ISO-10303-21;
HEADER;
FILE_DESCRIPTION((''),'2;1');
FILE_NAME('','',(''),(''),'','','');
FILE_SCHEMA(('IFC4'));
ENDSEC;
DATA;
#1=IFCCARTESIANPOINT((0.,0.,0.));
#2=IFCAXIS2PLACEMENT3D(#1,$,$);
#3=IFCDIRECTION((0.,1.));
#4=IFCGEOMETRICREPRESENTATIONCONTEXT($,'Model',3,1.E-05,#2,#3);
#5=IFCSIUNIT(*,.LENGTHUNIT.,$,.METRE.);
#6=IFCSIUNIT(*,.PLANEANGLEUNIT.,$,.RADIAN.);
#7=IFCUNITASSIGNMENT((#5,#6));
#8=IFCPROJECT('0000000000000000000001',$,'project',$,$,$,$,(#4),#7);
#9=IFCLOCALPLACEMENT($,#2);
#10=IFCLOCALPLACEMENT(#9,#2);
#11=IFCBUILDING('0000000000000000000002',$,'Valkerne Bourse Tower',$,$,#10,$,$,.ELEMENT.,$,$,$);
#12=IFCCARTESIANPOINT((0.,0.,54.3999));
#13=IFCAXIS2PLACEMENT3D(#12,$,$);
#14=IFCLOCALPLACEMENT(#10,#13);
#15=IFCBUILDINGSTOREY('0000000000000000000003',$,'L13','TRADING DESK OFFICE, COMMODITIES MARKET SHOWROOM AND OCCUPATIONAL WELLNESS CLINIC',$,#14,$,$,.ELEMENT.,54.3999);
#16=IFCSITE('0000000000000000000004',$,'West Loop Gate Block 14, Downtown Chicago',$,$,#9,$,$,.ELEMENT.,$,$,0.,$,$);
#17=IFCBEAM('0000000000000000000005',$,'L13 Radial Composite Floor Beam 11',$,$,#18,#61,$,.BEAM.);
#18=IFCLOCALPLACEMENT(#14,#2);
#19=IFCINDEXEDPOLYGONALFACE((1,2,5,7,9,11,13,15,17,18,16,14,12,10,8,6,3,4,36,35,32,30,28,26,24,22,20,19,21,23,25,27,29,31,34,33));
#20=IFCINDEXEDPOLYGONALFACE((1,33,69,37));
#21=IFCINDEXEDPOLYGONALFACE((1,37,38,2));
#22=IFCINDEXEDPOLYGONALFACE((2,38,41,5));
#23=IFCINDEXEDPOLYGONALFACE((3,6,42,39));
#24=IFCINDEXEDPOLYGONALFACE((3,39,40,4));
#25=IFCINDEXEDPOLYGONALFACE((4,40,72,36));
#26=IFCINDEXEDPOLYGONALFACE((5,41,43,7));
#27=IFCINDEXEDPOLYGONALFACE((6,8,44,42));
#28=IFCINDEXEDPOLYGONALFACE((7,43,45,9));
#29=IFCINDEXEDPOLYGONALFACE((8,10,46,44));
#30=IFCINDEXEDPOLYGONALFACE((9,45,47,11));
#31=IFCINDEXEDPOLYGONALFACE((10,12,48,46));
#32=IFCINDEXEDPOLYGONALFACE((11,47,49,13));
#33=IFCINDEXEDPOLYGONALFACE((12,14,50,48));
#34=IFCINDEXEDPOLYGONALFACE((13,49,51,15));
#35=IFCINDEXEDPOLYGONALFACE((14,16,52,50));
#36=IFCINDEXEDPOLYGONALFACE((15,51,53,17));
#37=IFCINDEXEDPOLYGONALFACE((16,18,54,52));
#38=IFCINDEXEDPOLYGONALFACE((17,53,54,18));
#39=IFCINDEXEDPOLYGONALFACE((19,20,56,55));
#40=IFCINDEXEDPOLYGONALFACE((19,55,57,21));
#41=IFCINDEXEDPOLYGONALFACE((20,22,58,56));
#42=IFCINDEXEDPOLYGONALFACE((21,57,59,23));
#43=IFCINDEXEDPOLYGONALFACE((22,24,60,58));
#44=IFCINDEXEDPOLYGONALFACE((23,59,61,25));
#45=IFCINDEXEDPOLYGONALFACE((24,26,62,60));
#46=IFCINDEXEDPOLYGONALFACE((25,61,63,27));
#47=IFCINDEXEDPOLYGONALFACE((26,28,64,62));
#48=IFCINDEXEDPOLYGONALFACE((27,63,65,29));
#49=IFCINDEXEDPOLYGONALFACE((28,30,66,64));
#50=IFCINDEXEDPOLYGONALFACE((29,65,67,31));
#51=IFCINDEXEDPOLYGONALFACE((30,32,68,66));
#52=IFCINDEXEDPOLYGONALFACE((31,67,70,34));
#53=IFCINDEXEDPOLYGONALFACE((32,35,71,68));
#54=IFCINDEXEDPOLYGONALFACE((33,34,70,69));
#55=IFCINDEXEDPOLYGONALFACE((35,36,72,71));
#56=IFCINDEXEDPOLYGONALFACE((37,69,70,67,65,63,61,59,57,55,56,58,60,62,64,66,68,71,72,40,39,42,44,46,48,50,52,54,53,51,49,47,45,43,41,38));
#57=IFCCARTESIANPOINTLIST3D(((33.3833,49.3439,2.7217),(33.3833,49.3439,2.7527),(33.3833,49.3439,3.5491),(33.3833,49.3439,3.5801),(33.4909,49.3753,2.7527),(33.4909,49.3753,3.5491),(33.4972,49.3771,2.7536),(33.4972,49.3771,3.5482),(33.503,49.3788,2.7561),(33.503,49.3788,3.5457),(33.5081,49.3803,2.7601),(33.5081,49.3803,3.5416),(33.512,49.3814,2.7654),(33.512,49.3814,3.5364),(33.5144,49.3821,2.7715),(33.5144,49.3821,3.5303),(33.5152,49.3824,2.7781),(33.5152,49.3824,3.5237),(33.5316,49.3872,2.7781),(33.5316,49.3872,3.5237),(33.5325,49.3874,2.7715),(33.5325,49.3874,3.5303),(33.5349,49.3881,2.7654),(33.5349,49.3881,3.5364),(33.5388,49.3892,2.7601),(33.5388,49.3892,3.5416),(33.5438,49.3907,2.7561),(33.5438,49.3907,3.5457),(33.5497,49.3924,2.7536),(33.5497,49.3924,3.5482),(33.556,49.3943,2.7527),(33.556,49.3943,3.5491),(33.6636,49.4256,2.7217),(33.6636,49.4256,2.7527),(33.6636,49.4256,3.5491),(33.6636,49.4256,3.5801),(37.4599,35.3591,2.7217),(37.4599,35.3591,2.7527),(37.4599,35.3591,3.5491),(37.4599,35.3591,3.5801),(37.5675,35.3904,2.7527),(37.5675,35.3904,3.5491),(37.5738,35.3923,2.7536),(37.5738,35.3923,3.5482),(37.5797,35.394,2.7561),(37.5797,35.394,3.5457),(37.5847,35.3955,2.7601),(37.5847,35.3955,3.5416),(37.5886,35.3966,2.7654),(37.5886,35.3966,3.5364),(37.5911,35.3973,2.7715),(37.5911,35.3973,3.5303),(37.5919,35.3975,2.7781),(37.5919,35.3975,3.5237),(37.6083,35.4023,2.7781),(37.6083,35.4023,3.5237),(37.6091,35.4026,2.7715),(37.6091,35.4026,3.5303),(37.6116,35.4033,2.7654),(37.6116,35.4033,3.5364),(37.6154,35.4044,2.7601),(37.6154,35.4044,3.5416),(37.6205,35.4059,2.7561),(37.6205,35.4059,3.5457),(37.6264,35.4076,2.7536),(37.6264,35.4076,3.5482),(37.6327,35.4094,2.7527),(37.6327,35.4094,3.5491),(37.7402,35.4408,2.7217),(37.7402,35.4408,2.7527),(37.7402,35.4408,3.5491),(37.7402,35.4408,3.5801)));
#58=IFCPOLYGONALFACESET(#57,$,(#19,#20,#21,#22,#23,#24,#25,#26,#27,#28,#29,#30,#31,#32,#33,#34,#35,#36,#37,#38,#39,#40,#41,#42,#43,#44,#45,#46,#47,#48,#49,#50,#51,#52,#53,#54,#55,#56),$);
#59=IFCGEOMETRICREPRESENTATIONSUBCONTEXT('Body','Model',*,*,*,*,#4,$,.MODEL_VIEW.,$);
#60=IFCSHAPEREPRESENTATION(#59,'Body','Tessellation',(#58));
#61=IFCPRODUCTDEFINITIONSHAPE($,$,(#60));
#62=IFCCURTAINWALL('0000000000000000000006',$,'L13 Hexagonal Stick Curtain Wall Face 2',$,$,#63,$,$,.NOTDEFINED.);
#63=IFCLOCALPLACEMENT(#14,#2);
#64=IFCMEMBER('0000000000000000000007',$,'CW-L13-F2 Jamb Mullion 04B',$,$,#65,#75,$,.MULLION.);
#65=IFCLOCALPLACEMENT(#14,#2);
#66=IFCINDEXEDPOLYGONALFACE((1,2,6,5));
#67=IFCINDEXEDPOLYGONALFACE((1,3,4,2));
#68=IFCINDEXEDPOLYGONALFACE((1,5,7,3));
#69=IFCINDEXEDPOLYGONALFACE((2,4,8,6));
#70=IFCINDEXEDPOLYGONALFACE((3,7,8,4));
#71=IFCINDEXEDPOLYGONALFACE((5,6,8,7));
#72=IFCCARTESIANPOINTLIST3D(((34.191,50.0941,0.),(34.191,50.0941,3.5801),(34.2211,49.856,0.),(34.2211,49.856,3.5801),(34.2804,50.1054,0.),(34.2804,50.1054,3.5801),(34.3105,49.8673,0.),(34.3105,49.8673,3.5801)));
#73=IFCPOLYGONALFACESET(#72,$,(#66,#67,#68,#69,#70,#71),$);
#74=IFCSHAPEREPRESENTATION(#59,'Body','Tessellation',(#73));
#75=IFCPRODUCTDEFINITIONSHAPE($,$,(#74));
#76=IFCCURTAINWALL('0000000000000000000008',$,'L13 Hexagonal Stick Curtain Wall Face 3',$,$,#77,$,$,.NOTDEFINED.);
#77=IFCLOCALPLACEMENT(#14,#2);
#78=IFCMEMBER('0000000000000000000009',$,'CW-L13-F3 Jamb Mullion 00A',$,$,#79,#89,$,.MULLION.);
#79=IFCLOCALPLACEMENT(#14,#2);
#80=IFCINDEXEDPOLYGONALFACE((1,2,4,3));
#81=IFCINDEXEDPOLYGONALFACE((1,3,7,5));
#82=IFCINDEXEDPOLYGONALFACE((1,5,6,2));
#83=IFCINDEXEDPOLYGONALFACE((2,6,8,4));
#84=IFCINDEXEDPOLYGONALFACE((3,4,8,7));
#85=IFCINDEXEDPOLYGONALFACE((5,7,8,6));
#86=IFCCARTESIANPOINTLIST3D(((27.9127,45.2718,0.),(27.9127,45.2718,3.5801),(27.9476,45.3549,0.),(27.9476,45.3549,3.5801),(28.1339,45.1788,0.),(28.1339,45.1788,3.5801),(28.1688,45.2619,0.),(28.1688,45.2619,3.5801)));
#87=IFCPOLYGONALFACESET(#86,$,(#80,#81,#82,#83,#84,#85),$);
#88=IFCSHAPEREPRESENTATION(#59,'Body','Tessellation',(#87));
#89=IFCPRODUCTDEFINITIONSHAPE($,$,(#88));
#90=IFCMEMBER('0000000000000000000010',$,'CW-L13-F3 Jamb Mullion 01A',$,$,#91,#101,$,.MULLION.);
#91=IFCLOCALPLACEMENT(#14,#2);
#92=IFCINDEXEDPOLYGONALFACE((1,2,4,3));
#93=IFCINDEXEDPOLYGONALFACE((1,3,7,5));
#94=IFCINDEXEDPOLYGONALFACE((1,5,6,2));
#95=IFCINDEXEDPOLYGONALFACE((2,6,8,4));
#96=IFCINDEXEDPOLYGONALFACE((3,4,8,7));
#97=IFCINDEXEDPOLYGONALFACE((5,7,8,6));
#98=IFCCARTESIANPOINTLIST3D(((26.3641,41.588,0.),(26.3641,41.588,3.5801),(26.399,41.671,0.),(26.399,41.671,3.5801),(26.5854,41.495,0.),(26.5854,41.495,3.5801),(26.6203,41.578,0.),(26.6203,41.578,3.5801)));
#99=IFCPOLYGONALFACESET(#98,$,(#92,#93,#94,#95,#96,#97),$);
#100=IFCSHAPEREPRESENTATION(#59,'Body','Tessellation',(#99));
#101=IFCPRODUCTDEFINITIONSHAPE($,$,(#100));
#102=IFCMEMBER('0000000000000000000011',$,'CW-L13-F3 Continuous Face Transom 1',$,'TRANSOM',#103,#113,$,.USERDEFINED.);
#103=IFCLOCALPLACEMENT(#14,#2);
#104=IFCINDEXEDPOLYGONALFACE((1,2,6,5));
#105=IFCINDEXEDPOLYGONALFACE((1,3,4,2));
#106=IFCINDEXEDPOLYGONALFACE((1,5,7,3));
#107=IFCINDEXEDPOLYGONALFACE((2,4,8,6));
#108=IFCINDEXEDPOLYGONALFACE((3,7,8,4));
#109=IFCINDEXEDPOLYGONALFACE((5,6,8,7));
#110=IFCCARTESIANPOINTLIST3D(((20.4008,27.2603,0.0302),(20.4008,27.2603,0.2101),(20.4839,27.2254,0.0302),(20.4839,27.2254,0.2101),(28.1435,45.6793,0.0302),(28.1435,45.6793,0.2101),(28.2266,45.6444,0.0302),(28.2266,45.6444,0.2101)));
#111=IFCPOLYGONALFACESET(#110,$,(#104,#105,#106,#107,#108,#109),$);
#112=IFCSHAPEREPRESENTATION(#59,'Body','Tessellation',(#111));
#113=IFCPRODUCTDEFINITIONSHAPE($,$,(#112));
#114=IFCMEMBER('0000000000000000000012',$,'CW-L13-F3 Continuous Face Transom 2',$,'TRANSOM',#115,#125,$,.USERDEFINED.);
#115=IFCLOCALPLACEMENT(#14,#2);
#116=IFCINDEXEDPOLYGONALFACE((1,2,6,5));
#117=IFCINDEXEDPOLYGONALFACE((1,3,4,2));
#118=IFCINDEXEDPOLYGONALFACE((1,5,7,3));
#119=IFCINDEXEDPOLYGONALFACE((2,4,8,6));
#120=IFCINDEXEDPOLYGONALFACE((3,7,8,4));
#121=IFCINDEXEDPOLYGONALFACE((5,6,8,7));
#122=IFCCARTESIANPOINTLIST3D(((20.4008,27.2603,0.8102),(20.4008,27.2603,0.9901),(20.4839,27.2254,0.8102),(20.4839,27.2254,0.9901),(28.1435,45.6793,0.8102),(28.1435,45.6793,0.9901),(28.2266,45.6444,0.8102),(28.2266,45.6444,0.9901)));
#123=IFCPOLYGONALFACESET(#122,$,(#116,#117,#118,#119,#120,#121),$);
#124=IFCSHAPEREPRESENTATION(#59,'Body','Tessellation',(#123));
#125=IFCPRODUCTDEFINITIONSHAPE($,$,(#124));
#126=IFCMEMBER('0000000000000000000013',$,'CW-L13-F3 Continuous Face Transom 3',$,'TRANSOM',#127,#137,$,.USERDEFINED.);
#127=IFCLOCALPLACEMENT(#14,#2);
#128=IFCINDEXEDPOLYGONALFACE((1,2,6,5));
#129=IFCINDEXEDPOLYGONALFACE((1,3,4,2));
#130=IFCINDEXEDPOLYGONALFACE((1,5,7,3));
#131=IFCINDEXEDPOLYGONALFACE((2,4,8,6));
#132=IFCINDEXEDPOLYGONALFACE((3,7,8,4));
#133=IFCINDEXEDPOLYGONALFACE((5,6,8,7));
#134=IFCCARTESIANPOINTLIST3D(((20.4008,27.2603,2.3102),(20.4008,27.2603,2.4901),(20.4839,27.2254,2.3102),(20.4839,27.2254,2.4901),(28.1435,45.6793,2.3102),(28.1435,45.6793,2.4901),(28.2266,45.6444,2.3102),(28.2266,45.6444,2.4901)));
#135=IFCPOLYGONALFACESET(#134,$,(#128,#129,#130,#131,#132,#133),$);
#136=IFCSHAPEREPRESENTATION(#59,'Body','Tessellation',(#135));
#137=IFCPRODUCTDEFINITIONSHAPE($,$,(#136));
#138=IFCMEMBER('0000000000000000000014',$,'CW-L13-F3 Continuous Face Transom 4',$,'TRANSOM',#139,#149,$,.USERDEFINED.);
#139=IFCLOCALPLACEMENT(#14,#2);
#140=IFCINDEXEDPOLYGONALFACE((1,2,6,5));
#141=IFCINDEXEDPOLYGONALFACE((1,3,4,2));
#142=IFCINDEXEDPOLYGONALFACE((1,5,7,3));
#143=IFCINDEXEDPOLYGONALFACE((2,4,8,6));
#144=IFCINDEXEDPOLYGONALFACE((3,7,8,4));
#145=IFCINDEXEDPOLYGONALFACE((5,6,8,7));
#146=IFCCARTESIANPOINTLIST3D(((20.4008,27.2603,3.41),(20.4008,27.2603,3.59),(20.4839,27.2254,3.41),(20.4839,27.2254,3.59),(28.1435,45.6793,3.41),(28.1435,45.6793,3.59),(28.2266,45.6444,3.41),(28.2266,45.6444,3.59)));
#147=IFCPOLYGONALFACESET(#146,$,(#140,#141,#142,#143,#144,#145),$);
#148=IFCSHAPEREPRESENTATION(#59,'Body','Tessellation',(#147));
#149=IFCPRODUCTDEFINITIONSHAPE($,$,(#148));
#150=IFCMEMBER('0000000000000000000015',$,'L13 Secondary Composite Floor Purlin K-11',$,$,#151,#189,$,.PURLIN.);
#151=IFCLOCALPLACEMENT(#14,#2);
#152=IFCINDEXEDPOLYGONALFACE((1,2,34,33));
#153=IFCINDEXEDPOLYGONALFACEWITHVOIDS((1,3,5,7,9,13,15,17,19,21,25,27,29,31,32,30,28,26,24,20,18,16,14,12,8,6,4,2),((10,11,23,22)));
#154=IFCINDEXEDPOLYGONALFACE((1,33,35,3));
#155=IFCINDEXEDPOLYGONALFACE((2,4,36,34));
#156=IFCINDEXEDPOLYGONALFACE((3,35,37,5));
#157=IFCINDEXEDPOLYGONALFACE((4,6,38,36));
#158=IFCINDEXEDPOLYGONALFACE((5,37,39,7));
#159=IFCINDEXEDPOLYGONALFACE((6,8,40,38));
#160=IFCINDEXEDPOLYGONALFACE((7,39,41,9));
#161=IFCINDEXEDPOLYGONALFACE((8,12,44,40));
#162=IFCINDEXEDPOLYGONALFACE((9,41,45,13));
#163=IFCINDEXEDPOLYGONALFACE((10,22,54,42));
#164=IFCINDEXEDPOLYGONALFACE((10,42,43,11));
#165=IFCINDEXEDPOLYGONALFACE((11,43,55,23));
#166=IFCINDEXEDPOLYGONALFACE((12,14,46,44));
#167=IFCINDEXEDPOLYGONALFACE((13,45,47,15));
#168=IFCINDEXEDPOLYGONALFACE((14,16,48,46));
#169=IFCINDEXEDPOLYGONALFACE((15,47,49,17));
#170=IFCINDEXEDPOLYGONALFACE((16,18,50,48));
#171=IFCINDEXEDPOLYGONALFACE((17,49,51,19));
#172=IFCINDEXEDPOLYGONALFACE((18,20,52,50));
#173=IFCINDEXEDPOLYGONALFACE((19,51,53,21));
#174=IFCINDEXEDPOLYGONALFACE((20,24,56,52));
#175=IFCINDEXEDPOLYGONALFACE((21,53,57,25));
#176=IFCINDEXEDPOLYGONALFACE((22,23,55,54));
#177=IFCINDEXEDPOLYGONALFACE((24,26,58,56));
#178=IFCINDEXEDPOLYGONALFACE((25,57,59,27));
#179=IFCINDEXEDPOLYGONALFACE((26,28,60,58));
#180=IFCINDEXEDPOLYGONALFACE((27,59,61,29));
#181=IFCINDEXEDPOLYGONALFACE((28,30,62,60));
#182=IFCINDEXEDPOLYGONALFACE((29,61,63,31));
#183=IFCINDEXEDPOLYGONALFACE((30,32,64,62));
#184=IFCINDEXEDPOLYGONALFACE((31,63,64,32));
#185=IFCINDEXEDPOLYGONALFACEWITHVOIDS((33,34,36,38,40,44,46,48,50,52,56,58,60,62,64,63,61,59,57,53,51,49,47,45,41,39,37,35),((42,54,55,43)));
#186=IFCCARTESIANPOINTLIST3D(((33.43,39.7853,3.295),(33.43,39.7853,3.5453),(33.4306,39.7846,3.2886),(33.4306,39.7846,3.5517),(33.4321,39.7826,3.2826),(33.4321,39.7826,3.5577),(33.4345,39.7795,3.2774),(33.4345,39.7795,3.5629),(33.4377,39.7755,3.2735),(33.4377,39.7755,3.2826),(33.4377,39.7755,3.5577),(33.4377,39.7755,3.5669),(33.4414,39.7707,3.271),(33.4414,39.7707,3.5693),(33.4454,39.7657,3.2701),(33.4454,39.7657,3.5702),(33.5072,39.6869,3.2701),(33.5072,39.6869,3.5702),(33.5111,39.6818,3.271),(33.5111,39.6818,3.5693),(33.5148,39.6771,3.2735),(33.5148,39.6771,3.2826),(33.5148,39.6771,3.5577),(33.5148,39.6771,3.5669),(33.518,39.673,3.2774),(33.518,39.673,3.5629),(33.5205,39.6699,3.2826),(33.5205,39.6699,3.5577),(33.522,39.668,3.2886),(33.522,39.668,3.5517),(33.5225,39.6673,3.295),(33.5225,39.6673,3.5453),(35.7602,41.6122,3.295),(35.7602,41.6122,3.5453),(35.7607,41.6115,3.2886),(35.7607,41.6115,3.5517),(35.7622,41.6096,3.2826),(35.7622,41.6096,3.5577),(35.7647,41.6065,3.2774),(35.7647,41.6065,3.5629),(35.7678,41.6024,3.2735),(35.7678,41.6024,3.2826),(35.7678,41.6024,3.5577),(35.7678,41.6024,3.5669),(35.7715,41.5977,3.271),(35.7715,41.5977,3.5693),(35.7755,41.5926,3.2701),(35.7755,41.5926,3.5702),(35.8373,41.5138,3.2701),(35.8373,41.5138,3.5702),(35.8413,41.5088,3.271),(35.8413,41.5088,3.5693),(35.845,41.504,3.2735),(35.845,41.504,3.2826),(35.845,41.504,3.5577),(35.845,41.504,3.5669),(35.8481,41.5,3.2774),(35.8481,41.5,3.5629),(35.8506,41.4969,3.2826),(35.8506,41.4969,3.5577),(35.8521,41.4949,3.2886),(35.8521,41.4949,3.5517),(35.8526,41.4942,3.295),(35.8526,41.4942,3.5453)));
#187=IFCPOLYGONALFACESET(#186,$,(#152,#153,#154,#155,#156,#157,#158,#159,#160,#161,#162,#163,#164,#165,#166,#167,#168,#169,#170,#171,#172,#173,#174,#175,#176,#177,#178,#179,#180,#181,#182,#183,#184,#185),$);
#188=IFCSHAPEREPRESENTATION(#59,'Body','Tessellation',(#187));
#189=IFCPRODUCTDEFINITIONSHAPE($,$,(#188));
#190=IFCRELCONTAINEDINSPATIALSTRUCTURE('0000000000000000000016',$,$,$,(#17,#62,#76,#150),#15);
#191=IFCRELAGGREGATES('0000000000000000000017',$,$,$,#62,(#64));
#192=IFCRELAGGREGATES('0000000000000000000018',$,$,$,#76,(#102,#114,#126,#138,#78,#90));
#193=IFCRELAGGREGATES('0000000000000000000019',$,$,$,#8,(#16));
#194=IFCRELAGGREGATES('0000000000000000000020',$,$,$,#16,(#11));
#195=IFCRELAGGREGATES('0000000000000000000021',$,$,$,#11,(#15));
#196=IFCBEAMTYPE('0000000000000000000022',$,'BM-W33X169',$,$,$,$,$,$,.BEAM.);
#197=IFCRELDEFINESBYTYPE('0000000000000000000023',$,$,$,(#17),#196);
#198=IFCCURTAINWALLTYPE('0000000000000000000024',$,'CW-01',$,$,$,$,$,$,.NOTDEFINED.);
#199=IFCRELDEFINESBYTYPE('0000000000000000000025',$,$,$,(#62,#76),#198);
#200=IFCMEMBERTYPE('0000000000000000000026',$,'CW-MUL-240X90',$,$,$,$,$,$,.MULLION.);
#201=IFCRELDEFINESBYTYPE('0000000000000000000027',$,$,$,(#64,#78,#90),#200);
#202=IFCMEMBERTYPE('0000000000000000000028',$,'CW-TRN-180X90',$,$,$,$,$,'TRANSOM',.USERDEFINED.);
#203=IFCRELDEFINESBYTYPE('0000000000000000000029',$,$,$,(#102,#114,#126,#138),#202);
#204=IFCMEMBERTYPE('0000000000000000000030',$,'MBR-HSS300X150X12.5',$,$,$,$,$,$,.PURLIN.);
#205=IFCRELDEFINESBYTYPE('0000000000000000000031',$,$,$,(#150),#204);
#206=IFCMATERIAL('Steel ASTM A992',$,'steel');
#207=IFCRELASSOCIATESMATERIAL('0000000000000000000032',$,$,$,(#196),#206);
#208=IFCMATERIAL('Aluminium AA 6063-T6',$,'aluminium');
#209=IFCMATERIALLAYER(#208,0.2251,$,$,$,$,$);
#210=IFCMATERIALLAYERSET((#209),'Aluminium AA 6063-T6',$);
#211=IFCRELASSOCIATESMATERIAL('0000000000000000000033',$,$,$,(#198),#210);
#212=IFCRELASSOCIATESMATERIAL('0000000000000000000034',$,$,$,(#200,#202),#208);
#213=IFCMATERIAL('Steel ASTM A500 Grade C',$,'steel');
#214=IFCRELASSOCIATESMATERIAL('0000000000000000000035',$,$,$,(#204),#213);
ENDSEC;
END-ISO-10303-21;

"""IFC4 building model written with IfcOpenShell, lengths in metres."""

from ifc_helpers import new_model, si_unit, direction, frame, origin, origin_2d, place, context, subcontext, project, spatial, rectangle, hollow_rectangle, i_section, extrude, material, layer, layer_set, material_profile, profile_set, type_object, element, aggregate, save


model = new_model("IFC4")

# Units and contexts
model_context = context("Model", 3, precision=1e-05, world=origin(), true_north=direction((0.0, 1.0)))
body_context = subcontext(model_context, "Body", "Model", "MODEL_VIEW")
ifc_project = project(units=[si_unit("LENGTHUNIT", "METRE"), si_unit("PLANEANGLEUNIT", "RADIAN")], contexts=[model_context])

# Site, building, storey
site_placement = place(None, origin())
site = spatial("IfcSite", under=ifc_project, at=site_placement, Name="West Loop Gate Block 14, Downtown Chicago", CompositionType="ELEMENT", RefElevation=0.0)
building_placement = place(site_placement, origin())
building = spatial("IfcBuilding", under=site, at=building_placement, Name="Valkerne Bourse Tower", CompositionType="ELEMENT")
storey_placement = place(building_placement, frame((0.0, 0.0, 54.3999)))
storey = spatial("IfcBuildingStorey", under=building, at=storey_placement, Name="L13", Description="TRADING DESK OFFICE, COMMODITIES MARKET SHOWROOM AND OCCUPATIONAL WELLNESS CLINIC", CompositionType="ELEMENT", Elevation=54.3999)

# Beam
ifc_material_1 = material(Name="Steel ASTM A992", Category="steel")
ifc_material_profile_1 = material_profile(ifc_material_1, i_section(OverallWidth=0.292, OverallDepth=0.8584, WebThickness=0.0171, FlangeThickness=0.031, FilletRadius=0.0254, at=origin_2d()), Name="W33X169")
ifc_profile_set_1 = profile_set([ifc_material_profile_1], Name="Steel ASTM A992")
beam_type_1 = type_object("IfcBeamType", Name="BM-W33X169", PredefinedType="BEAM", material=ifc_profile_set_1)
beam_1_placement = place(storey_placement, frame((33.5234, 49.3848, 3.1509), z_axis=(0.279857, -0.960042, 0.0), x_axis=(0.960042, 0.279857, 0.0)))
element("IfcBeam", 1, at=beam_1_placement, inside=storey, type_object=beam_type_1, Name="L13 Radial Composite Floor Beam 11", PredefinedType="BEAM", context=body_context, shape_type="SweptSolid", body=[
    extrude(i_section(OverallWidth=0.292, OverallDepth=0.8584, WebThickness=0.0171, FlangeThickness=0.031, FilletRadius=0.0254, at=origin_2d()), origin(), (0.0, 0.0, 1.0), 14.5669),
])

# Curtain wall, member
ifc_material_2 = material(Name="Aluminium AA 6063-T6", Category="aluminium")
ifc_layer_1 = layer(ifc_material_2, 0.2251)
ifc_layer_set_1 = layer_set([ifc_layer_1], Name="Aluminium AA 6063-T6")
curtain_wall_type = type_object("IfcCurtainWallType", Name="CW-01", PredefinedType="NOTDEFINED", material=ifc_layer_set_1)
curtain_wall_1_placement = place(storey_placement, origin())
curtain_wall_1 = element("IfcCurtainWall", 2, at=curtain_wall_1_placement, inside=storey, type_object=curtain_wall_type, Name="L13 Hexagonal Stick Curtain Wall Face 2", PredefinedType="NOTDEFINED")
ifc_material_profile_2 = material_profile(ifc_material_2, rectangle(XDim=0.0901, YDim=0.24, at=origin_2d()), Name="CWM-90X240")
ifc_profile_set_2 = profile_set([ifc_material_profile_2], Name="Aluminium AA 6063-T6")
member_type_1 = type_object("IfcMemberType", Name="CW-MUL-240X90", PredefinedType="MULLION", material=ifc_profile_set_2)
member_1_placement = place(storey_placement, frame((34.2507, 49.9807, 0.0), z_axis=(0.0, 0.0, 1.0), x_axis=(-0.992113, -0.12535, 0.0)))
member_1 = element("IfcMember", 3, at=member_1_placement, type_object=member_type_1, Name="CW-L13-F2 Jamb Mullion 04B", PredefinedType="MULLION", context=body_context, shape_type="SweptSolid", body=[
    extrude(rectangle(XDim=0.0901, YDim=0.24, at=origin_2d()), origin(), (0.0, 0.0, 1.0), 3.5801),
])

# Curtain wall, members
curtain_wall_2_placement = place(storey_placement, origin())
curtain_wall_2 = element("IfcCurtainWall", 4, at=curtain_wall_2_placement, inside=storey, type_object=curtain_wall_type, Name="L13 Hexagonal Stick Curtain Wall Face 3", PredefinedType="NOTDEFINED")
member_2_placement = place(storey_placement, frame((28.0408, 45.2668, 0.0), z_axis=(0.0, 0.0, 1.0), x_axis=(-0.38751, -0.921866, 0.0)))
member_2 = element("IfcMember", 5, at=member_2_placement, type_object=member_type_1, Name="CW-L13-F3 Jamb Mullion 00A", PredefinedType="MULLION", context=body_context, shape_type="SweptSolid", body=[
    extrude(rectangle(XDim=0.0901, YDim=0.24, at=origin_2d()), origin(), (0.0, 0.0, 1.0), 3.5801),
])
member_3_placement = place(storey_placement, frame((26.4922, 41.583, 0.0), z_axis=(0.0, 0.0, 1.0), x_axis=(-0.38751, -0.921866, 0.0)))
member_3 = element("IfcMember", 6, at=member_3_placement, type_object=member_type_1, Name="CW-L13-F3 Jamb Mullion 01A", PredefinedType="MULLION", context=body_context, shape_type="SweptSolid", body=[
    extrude(rectangle(XDim=0.0901, YDim=0.24, at=origin_2d()), origin(), (0.0, 0.0, 1.0), 3.5801),
])
ifc_material_profile_3 = material_profile(ifc_material_2, rectangle(XDim=0.0901, YDim=0.1799, at=origin_2d()), Name="CWT-90X180")
ifc_profile_set_3 = profile_set([ifc_material_profile_3], Name="Aluminium AA 6063-T6")
member_type_2 = type_object("IfcMemberType", Name="CW-TRN-180X90", ElementType="TRANSOM", PredefinedType="USERDEFINED", material=ifc_profile_set_3)
member_4_placement = place(storey_placement, frame((28.1851, 45.6619, 0.1201), z_axis=(-0.387518, -0.921862, 0.0), x_axis=(0.921862, -0.387518, 0.0)))
member_4 = element("IfcMember", 7, at=member_4_placement, type_object=member_type_2, Name="CW-L13-F3 Continuous Face Transom 1", ObjectType="TRANSOM", PredefinedType="USERDEFINED", context=body_context, shape_type="SweptSolid", body=[
    extrude(rectangle(XDim=0.0901, YDim=0.1799, at=origin_2d()), origin(), (0.0, 0.0, 1.0), 19.9802),
])
member_5_placement = place(storey_placement, frame((28.1851, 45.6619, 0.9001), z_axis=(-0.387518, -0.921862, 0.0), x_axis=(0.921862, -0.387518, 0.0)))
member_5 = element("IfcMember", 8, at=member_5_placement, type_object=member_type_2, Name="CW-L13-F3 Continuous Face Transom 2", ObjectType="TRANSOM", PredefinedType="USERDEFINED", context=body_context, shape_type="SweptSolid", body=[
    extrude(rectangle(XDim=0.0901, YDim=0.1799, at=origin_2d()), origin(), (0.0, 0.0, 1.0), 19.9802),
])
member_6_placement = place(storey_placement, frame((28.1851, 45.6619, 2.4001), z_axis=(-0.387518, -0.921862, 0.0), x_axis=(0.921862, -0.387518, 0.0)))
member_6 = element("IfcMember", 9, at=member_6_placement, type_object=member_type_2, Name="CW-L13-F3 Continuous Face Transom 3", ObjectType="TRANSOM", PredefinedType="USERDEFINED", context=body_context, shape_type="SweptSolid", body=[
    extrude(rectangle(XDim=0.0901, YDim=0.1799, at=origin_2d()), origin(), (0.0, 0.0, 1.0), 19.9802),
])
member_7_placement = place(storey_placement, frame((28.1851, 45.6619, 3.5), z_axis=(-0.387518, -0.921862, 0.0), x_axis=(0.921862, -0.387518, 0.0)))
member_7 = element("IfcMember", 10, at=member_7_placement, type_object=member_type_2, Name="CW-L13-F3 Continuous Face Transom 4", ObjectType="TRANSOM", PredefinedType="USERDEFINED", context=body_context, shape_type="SweptSolid", body=[
    extrude(rectangle(XDim=0.0901, YDim=0.1799, at=origin_2d()), origin(), (0.0, 0.0, 1.0), 19.9802),
])

# Member
ifc_material_3 = material(Name="Steel ASTM A500 Grade C", Category="steel")
ifc_material_profile_4 = material_profile(ifc_material_3, hollow_rectangle(XDim=0.1499, YDim=0.3, WallThickness=0.0125, OuterFilletRadius=0.0249, at=origin_2d()), Name="HSS300X150X12.5")
ifc_profile_set_4 = profile_set([ifc_material_profile_4], Name="Steel ASTM A500 Grade C")
member_type_3 = type_object("IfcMemberType", Name="MBR-HSS300X150X12.5", PredefinedType="PURLIN", material=ifc_profile_set_4)
member_8_placement = place(storey_placement, frame((35.8064, 41.5532, 3.4202), z_axis=(-0.786953, -0.617013, 0.0), x_axis=(0.617013, -0.786953, 0.0)))
element("IfcMember", 11, at=member_8_placement, inside=storey, type_object=member_type_3, Name="L13 Secondary Composite Floor Purlin K-11", PredefinedType="PURLIN", context=body_context, shape_type="SweptSolid", body=[
    extrude(hollow_rectangle(XDim=0.1499, YDim=0.3, WallThickness=0.0125, OuterFilletRadius=0.0249, at=origin_2d()), origin(), (0.0, 0.0, 1.0), 2.9609),
])

aggregate(curtain_wall_1, [member_1])
aggregate(curtain_wall_2, [member_4, member_5, member_6, member_7, member_2, member_3])

save(model, "model.ifc")
